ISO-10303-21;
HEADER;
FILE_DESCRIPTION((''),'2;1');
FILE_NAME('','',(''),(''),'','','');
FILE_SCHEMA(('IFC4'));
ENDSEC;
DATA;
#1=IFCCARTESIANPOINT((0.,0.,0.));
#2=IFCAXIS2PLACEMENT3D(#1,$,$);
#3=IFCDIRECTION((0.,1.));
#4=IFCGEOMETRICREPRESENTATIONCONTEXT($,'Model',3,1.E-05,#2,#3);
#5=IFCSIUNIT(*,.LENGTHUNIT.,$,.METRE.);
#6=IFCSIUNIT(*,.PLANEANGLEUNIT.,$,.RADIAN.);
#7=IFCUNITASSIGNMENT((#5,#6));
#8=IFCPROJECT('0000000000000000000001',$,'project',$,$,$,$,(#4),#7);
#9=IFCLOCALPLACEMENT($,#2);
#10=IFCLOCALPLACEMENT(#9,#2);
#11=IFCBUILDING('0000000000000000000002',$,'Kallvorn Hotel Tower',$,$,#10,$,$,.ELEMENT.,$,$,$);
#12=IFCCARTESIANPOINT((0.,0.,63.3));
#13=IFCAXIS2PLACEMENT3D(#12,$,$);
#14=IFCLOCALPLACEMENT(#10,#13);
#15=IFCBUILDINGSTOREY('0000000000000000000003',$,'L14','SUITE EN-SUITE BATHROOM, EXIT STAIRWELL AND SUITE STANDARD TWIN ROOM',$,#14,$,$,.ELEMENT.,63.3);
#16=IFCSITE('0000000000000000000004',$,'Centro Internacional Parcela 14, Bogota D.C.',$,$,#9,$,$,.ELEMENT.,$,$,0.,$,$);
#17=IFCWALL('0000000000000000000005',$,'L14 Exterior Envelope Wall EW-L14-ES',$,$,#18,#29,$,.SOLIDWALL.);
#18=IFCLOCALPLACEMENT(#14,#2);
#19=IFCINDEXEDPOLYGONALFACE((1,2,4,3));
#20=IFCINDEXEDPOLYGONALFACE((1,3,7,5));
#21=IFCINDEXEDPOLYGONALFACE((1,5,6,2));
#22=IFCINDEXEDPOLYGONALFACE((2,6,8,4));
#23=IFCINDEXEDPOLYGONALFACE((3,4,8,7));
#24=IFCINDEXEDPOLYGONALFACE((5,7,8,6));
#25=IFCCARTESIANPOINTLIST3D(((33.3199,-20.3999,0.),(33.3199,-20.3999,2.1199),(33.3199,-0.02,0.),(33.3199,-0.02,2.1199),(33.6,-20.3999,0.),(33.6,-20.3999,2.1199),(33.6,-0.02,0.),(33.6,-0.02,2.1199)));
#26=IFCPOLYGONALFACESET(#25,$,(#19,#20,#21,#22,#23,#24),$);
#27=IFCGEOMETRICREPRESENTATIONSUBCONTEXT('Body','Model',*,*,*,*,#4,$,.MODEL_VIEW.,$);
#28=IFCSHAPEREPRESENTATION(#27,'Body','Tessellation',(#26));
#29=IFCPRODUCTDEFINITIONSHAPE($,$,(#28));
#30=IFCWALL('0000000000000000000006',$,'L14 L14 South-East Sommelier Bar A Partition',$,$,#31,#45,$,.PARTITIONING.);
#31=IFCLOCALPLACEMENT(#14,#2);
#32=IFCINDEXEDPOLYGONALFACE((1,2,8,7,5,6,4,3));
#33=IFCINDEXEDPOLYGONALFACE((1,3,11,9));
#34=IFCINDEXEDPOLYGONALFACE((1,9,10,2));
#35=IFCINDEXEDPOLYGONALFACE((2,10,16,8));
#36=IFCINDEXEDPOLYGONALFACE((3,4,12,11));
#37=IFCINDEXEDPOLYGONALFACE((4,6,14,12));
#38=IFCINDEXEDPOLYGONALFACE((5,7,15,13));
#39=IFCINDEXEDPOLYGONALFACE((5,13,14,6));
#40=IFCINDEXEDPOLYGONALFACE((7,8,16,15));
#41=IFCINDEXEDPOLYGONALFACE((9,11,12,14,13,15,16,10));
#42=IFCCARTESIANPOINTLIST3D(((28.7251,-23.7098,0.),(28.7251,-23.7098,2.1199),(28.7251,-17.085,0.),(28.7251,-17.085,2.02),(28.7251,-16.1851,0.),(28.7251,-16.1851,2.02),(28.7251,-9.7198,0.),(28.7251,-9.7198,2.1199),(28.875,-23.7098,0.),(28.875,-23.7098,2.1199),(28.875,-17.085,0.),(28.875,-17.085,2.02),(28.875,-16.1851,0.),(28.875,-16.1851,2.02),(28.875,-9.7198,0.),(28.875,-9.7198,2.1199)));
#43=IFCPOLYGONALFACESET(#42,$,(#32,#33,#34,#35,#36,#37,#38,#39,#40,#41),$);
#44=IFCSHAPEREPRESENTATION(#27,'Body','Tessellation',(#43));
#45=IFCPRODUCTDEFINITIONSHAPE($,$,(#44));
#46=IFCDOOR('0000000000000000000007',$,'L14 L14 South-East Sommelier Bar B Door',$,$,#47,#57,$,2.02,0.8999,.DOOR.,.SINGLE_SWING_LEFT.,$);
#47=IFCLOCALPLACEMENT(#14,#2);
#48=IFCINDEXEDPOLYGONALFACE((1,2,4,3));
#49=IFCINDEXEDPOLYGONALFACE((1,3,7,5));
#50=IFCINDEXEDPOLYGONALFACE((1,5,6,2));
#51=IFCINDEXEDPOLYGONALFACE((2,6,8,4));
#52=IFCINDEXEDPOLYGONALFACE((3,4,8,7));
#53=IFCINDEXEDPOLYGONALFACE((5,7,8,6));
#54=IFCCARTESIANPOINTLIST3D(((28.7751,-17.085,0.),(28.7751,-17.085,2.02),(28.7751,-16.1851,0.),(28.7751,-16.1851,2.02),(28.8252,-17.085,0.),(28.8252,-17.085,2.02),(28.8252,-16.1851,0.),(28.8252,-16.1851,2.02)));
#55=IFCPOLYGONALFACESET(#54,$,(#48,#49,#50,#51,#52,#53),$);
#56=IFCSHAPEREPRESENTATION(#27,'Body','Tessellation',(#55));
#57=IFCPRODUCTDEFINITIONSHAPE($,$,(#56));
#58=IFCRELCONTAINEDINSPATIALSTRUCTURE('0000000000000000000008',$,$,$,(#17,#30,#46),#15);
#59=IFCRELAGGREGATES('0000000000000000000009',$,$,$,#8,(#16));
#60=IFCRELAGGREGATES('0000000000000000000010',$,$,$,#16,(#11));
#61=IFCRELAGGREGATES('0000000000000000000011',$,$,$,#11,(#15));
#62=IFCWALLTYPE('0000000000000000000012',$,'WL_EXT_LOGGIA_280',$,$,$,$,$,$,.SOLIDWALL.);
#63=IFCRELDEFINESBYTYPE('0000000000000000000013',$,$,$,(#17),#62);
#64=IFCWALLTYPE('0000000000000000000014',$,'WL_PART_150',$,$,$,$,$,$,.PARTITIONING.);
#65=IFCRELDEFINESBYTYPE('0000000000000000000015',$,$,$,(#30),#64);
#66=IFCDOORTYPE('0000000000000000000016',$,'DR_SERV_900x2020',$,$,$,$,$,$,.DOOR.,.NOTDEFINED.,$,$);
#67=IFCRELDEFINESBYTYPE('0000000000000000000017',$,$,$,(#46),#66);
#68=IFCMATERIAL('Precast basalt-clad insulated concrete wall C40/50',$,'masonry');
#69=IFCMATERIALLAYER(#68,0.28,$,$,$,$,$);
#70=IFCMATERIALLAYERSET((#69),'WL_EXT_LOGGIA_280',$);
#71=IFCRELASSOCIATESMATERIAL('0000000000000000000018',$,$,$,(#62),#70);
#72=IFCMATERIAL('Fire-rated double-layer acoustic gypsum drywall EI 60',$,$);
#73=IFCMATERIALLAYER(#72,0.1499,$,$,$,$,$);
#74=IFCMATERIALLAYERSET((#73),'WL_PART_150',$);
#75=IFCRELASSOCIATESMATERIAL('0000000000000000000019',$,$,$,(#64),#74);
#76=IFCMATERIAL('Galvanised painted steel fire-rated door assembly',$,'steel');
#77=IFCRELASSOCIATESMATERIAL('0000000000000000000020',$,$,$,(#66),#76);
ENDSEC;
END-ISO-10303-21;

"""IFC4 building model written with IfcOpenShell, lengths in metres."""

from ifc_helpers import new_model, si_unit, direction, frame, frame_2d, origin, place, context, subcontext, project, spatial, rectangle, extrude, material, layer, layer_set, type_object, element, fill, save


model = new_model("IFC4")

# Units and contexts
model_context = context("Model", 3, precision=1e-05, world=origin(), true_north=direction((0.0, 1.0)))
body_context = subcontext(model_context, "Body", "Model", "MODEL_VIEW")
ifc_project = project(units=[si_unit("LENGTHUNIT", "METRE"), si_unit("PLANEANGLEUNIT", "RADIAN")], contexts=[model_context])

# Site, building, storey
site_placement = place(None, origin())
site = spatial("IfcSite", under=ifc_project, at=site_placement, Name="Centro Internacional Parcela 14, Bogota D.C.", CompositionType="ELEMENT", RefElevation=0.0)
building_placement = place(site_placement, origin())
building = spatial("IfcBuilding", under=site, at=building_placement, Name="Kallvorn Hotel Tower", CompositionType="ELEMENT")
storey_placement = place(building_placement, frame((0.0, 0.0, 63.3)))
storey = spatial("IfcBuildingStorey", under=building, at=storey_placement, Name="L14", Description="SUITE EN-SUITE BATHROOM, EXIT STAIRWELL AND SUITE STANDARD TWIN ROOM", CompositionType="ELEMENT", Elevation=63.3)

# Wall
ifc_material_1 = material(Name="Precast basalt-clad insulated concrete wall C40/50", Category="masonry")
ifc_layer_1 = layer(ifc_material_1, 0.28)
ifc_layer_set_1 = layer_set([ifc_layer_1], Name="WL_EXT_LOGGIA_280")
wall_type_1 = type_object("IfcWallType", Name="WL_EXT_LOGGIA_280", PredefinedType="SOLIDWALL", material=ifc_layer_set_1)
wall_1_placement = place(storey_placement, frame((33.46, -20.3999, 0.0), z_axis=(0.0, 0.0, 1.0), x_axis=(0.0, 1.0, 0.0)))
element("IfcWall", 1, at=wall_1_placement, inside=storey, type_object=wall_type_1, Name="L14 Exterior Envelope Wall EW-L14-ES", PredefinedType="SOLIDWALL", context=body_context, shape_type="SweptSolid", body=[
    extrude(rectangle(XDim=20.3799, YDim=0.28, at=frame_2d((10.1899, 0.0))), origin(), (0.0, 0.0, 1.0), 2.1199),
])

# Wall, opening, door
ifc_material_2 = material(Name="Fire-rated double-layer acoustic gypsum drywall EI 60")
ifc_layer_2 = layer(ifc_material_2, 0.1499)
ifc_layer_set_2 = layer_set([ifc_layer_2], Name="WL_PART_150")
wall_type_2 = type_object("IfcWallType", Name="WL_PART_150", PredefinedType="PARTITIONING", material=ifc_layer_set_2)
wall_2_placement = place(storey_placement, frame((28.8, -23.71, 0.0), z_axis=(0.0, 0.0, 1.0), x_axis=(0.0, 1.0, 0.0)))
wall_2 = element("IfcWall", 2, at=wall_2_placement, inside=storey, type_object=wall_type_2, Name="L14 L14 South-East Sommelier Bar A Partition", PredefinedType="PARTITIONING", context=body_context, shape_type="SweptSolid", body=[
    extrude(rectangle(XDim=13.99, YDim=0.1499, at=frame_2d((6.9951, 0.0))), origin(), (0.0, 0.0, 1.0), 2.1199),
])
opening_placement = place(wall_2_placement, frame((6.625, 0.0, 0.0)))
opening = element("IfcOpeningElement", 3, at=opening_placement, cuts=wall_2, PredefinedType="OPENING", context=body_context, shape_type="SweptSolid", body=[
    extrude(rectangle(XDim=0.8999, YDim=2.02, at=frame_2d((0.45, 1.01))), frame((0.0, 0.0898, 0.0), z_axis=(0.0, -1.0, 0.0), x_axis=(1.0, 0.0, 0.0)), (0.0, 0.0, 1.0), 0.1799),
])
ifc_material_3 = material(Name="Galvanised painted steel fire-rated door assembly", Category="steel")
door_type = type_object("IfcDoorType", Name="DR_SERV_900x2020", OperationType="NOTDEFINED", PredefinedType="DOOR", material=ifc_material_3)
door_placement = place(opening_placement, origin())
door = element("IfcDoor", 4, at=door_placement, inside=storey, type_object=door_type, Name="L14 L14 South-East Sommelier Bar B Door", OperationType="SINGLE_SWING_LEFT", OverallHeight=2.02, OverallWidth=0.8999, PredefinedType="DOOR", context=body_context, shape_type="SweptSolid", body=[
    extrude(rectangle(XDim=0.8999, YDim=2.02, at=frame_2d((0.45, 1.01))), frame((0.0, 0.0249, 0.0), z_axis=(0.0, -1.0, 0.0), x_axis=(1.0, 0.0, 0.0)), (0.0, 0.0, 1.0), 0.05),
])
fill(opening, door)

save(model, "model.ifc")
